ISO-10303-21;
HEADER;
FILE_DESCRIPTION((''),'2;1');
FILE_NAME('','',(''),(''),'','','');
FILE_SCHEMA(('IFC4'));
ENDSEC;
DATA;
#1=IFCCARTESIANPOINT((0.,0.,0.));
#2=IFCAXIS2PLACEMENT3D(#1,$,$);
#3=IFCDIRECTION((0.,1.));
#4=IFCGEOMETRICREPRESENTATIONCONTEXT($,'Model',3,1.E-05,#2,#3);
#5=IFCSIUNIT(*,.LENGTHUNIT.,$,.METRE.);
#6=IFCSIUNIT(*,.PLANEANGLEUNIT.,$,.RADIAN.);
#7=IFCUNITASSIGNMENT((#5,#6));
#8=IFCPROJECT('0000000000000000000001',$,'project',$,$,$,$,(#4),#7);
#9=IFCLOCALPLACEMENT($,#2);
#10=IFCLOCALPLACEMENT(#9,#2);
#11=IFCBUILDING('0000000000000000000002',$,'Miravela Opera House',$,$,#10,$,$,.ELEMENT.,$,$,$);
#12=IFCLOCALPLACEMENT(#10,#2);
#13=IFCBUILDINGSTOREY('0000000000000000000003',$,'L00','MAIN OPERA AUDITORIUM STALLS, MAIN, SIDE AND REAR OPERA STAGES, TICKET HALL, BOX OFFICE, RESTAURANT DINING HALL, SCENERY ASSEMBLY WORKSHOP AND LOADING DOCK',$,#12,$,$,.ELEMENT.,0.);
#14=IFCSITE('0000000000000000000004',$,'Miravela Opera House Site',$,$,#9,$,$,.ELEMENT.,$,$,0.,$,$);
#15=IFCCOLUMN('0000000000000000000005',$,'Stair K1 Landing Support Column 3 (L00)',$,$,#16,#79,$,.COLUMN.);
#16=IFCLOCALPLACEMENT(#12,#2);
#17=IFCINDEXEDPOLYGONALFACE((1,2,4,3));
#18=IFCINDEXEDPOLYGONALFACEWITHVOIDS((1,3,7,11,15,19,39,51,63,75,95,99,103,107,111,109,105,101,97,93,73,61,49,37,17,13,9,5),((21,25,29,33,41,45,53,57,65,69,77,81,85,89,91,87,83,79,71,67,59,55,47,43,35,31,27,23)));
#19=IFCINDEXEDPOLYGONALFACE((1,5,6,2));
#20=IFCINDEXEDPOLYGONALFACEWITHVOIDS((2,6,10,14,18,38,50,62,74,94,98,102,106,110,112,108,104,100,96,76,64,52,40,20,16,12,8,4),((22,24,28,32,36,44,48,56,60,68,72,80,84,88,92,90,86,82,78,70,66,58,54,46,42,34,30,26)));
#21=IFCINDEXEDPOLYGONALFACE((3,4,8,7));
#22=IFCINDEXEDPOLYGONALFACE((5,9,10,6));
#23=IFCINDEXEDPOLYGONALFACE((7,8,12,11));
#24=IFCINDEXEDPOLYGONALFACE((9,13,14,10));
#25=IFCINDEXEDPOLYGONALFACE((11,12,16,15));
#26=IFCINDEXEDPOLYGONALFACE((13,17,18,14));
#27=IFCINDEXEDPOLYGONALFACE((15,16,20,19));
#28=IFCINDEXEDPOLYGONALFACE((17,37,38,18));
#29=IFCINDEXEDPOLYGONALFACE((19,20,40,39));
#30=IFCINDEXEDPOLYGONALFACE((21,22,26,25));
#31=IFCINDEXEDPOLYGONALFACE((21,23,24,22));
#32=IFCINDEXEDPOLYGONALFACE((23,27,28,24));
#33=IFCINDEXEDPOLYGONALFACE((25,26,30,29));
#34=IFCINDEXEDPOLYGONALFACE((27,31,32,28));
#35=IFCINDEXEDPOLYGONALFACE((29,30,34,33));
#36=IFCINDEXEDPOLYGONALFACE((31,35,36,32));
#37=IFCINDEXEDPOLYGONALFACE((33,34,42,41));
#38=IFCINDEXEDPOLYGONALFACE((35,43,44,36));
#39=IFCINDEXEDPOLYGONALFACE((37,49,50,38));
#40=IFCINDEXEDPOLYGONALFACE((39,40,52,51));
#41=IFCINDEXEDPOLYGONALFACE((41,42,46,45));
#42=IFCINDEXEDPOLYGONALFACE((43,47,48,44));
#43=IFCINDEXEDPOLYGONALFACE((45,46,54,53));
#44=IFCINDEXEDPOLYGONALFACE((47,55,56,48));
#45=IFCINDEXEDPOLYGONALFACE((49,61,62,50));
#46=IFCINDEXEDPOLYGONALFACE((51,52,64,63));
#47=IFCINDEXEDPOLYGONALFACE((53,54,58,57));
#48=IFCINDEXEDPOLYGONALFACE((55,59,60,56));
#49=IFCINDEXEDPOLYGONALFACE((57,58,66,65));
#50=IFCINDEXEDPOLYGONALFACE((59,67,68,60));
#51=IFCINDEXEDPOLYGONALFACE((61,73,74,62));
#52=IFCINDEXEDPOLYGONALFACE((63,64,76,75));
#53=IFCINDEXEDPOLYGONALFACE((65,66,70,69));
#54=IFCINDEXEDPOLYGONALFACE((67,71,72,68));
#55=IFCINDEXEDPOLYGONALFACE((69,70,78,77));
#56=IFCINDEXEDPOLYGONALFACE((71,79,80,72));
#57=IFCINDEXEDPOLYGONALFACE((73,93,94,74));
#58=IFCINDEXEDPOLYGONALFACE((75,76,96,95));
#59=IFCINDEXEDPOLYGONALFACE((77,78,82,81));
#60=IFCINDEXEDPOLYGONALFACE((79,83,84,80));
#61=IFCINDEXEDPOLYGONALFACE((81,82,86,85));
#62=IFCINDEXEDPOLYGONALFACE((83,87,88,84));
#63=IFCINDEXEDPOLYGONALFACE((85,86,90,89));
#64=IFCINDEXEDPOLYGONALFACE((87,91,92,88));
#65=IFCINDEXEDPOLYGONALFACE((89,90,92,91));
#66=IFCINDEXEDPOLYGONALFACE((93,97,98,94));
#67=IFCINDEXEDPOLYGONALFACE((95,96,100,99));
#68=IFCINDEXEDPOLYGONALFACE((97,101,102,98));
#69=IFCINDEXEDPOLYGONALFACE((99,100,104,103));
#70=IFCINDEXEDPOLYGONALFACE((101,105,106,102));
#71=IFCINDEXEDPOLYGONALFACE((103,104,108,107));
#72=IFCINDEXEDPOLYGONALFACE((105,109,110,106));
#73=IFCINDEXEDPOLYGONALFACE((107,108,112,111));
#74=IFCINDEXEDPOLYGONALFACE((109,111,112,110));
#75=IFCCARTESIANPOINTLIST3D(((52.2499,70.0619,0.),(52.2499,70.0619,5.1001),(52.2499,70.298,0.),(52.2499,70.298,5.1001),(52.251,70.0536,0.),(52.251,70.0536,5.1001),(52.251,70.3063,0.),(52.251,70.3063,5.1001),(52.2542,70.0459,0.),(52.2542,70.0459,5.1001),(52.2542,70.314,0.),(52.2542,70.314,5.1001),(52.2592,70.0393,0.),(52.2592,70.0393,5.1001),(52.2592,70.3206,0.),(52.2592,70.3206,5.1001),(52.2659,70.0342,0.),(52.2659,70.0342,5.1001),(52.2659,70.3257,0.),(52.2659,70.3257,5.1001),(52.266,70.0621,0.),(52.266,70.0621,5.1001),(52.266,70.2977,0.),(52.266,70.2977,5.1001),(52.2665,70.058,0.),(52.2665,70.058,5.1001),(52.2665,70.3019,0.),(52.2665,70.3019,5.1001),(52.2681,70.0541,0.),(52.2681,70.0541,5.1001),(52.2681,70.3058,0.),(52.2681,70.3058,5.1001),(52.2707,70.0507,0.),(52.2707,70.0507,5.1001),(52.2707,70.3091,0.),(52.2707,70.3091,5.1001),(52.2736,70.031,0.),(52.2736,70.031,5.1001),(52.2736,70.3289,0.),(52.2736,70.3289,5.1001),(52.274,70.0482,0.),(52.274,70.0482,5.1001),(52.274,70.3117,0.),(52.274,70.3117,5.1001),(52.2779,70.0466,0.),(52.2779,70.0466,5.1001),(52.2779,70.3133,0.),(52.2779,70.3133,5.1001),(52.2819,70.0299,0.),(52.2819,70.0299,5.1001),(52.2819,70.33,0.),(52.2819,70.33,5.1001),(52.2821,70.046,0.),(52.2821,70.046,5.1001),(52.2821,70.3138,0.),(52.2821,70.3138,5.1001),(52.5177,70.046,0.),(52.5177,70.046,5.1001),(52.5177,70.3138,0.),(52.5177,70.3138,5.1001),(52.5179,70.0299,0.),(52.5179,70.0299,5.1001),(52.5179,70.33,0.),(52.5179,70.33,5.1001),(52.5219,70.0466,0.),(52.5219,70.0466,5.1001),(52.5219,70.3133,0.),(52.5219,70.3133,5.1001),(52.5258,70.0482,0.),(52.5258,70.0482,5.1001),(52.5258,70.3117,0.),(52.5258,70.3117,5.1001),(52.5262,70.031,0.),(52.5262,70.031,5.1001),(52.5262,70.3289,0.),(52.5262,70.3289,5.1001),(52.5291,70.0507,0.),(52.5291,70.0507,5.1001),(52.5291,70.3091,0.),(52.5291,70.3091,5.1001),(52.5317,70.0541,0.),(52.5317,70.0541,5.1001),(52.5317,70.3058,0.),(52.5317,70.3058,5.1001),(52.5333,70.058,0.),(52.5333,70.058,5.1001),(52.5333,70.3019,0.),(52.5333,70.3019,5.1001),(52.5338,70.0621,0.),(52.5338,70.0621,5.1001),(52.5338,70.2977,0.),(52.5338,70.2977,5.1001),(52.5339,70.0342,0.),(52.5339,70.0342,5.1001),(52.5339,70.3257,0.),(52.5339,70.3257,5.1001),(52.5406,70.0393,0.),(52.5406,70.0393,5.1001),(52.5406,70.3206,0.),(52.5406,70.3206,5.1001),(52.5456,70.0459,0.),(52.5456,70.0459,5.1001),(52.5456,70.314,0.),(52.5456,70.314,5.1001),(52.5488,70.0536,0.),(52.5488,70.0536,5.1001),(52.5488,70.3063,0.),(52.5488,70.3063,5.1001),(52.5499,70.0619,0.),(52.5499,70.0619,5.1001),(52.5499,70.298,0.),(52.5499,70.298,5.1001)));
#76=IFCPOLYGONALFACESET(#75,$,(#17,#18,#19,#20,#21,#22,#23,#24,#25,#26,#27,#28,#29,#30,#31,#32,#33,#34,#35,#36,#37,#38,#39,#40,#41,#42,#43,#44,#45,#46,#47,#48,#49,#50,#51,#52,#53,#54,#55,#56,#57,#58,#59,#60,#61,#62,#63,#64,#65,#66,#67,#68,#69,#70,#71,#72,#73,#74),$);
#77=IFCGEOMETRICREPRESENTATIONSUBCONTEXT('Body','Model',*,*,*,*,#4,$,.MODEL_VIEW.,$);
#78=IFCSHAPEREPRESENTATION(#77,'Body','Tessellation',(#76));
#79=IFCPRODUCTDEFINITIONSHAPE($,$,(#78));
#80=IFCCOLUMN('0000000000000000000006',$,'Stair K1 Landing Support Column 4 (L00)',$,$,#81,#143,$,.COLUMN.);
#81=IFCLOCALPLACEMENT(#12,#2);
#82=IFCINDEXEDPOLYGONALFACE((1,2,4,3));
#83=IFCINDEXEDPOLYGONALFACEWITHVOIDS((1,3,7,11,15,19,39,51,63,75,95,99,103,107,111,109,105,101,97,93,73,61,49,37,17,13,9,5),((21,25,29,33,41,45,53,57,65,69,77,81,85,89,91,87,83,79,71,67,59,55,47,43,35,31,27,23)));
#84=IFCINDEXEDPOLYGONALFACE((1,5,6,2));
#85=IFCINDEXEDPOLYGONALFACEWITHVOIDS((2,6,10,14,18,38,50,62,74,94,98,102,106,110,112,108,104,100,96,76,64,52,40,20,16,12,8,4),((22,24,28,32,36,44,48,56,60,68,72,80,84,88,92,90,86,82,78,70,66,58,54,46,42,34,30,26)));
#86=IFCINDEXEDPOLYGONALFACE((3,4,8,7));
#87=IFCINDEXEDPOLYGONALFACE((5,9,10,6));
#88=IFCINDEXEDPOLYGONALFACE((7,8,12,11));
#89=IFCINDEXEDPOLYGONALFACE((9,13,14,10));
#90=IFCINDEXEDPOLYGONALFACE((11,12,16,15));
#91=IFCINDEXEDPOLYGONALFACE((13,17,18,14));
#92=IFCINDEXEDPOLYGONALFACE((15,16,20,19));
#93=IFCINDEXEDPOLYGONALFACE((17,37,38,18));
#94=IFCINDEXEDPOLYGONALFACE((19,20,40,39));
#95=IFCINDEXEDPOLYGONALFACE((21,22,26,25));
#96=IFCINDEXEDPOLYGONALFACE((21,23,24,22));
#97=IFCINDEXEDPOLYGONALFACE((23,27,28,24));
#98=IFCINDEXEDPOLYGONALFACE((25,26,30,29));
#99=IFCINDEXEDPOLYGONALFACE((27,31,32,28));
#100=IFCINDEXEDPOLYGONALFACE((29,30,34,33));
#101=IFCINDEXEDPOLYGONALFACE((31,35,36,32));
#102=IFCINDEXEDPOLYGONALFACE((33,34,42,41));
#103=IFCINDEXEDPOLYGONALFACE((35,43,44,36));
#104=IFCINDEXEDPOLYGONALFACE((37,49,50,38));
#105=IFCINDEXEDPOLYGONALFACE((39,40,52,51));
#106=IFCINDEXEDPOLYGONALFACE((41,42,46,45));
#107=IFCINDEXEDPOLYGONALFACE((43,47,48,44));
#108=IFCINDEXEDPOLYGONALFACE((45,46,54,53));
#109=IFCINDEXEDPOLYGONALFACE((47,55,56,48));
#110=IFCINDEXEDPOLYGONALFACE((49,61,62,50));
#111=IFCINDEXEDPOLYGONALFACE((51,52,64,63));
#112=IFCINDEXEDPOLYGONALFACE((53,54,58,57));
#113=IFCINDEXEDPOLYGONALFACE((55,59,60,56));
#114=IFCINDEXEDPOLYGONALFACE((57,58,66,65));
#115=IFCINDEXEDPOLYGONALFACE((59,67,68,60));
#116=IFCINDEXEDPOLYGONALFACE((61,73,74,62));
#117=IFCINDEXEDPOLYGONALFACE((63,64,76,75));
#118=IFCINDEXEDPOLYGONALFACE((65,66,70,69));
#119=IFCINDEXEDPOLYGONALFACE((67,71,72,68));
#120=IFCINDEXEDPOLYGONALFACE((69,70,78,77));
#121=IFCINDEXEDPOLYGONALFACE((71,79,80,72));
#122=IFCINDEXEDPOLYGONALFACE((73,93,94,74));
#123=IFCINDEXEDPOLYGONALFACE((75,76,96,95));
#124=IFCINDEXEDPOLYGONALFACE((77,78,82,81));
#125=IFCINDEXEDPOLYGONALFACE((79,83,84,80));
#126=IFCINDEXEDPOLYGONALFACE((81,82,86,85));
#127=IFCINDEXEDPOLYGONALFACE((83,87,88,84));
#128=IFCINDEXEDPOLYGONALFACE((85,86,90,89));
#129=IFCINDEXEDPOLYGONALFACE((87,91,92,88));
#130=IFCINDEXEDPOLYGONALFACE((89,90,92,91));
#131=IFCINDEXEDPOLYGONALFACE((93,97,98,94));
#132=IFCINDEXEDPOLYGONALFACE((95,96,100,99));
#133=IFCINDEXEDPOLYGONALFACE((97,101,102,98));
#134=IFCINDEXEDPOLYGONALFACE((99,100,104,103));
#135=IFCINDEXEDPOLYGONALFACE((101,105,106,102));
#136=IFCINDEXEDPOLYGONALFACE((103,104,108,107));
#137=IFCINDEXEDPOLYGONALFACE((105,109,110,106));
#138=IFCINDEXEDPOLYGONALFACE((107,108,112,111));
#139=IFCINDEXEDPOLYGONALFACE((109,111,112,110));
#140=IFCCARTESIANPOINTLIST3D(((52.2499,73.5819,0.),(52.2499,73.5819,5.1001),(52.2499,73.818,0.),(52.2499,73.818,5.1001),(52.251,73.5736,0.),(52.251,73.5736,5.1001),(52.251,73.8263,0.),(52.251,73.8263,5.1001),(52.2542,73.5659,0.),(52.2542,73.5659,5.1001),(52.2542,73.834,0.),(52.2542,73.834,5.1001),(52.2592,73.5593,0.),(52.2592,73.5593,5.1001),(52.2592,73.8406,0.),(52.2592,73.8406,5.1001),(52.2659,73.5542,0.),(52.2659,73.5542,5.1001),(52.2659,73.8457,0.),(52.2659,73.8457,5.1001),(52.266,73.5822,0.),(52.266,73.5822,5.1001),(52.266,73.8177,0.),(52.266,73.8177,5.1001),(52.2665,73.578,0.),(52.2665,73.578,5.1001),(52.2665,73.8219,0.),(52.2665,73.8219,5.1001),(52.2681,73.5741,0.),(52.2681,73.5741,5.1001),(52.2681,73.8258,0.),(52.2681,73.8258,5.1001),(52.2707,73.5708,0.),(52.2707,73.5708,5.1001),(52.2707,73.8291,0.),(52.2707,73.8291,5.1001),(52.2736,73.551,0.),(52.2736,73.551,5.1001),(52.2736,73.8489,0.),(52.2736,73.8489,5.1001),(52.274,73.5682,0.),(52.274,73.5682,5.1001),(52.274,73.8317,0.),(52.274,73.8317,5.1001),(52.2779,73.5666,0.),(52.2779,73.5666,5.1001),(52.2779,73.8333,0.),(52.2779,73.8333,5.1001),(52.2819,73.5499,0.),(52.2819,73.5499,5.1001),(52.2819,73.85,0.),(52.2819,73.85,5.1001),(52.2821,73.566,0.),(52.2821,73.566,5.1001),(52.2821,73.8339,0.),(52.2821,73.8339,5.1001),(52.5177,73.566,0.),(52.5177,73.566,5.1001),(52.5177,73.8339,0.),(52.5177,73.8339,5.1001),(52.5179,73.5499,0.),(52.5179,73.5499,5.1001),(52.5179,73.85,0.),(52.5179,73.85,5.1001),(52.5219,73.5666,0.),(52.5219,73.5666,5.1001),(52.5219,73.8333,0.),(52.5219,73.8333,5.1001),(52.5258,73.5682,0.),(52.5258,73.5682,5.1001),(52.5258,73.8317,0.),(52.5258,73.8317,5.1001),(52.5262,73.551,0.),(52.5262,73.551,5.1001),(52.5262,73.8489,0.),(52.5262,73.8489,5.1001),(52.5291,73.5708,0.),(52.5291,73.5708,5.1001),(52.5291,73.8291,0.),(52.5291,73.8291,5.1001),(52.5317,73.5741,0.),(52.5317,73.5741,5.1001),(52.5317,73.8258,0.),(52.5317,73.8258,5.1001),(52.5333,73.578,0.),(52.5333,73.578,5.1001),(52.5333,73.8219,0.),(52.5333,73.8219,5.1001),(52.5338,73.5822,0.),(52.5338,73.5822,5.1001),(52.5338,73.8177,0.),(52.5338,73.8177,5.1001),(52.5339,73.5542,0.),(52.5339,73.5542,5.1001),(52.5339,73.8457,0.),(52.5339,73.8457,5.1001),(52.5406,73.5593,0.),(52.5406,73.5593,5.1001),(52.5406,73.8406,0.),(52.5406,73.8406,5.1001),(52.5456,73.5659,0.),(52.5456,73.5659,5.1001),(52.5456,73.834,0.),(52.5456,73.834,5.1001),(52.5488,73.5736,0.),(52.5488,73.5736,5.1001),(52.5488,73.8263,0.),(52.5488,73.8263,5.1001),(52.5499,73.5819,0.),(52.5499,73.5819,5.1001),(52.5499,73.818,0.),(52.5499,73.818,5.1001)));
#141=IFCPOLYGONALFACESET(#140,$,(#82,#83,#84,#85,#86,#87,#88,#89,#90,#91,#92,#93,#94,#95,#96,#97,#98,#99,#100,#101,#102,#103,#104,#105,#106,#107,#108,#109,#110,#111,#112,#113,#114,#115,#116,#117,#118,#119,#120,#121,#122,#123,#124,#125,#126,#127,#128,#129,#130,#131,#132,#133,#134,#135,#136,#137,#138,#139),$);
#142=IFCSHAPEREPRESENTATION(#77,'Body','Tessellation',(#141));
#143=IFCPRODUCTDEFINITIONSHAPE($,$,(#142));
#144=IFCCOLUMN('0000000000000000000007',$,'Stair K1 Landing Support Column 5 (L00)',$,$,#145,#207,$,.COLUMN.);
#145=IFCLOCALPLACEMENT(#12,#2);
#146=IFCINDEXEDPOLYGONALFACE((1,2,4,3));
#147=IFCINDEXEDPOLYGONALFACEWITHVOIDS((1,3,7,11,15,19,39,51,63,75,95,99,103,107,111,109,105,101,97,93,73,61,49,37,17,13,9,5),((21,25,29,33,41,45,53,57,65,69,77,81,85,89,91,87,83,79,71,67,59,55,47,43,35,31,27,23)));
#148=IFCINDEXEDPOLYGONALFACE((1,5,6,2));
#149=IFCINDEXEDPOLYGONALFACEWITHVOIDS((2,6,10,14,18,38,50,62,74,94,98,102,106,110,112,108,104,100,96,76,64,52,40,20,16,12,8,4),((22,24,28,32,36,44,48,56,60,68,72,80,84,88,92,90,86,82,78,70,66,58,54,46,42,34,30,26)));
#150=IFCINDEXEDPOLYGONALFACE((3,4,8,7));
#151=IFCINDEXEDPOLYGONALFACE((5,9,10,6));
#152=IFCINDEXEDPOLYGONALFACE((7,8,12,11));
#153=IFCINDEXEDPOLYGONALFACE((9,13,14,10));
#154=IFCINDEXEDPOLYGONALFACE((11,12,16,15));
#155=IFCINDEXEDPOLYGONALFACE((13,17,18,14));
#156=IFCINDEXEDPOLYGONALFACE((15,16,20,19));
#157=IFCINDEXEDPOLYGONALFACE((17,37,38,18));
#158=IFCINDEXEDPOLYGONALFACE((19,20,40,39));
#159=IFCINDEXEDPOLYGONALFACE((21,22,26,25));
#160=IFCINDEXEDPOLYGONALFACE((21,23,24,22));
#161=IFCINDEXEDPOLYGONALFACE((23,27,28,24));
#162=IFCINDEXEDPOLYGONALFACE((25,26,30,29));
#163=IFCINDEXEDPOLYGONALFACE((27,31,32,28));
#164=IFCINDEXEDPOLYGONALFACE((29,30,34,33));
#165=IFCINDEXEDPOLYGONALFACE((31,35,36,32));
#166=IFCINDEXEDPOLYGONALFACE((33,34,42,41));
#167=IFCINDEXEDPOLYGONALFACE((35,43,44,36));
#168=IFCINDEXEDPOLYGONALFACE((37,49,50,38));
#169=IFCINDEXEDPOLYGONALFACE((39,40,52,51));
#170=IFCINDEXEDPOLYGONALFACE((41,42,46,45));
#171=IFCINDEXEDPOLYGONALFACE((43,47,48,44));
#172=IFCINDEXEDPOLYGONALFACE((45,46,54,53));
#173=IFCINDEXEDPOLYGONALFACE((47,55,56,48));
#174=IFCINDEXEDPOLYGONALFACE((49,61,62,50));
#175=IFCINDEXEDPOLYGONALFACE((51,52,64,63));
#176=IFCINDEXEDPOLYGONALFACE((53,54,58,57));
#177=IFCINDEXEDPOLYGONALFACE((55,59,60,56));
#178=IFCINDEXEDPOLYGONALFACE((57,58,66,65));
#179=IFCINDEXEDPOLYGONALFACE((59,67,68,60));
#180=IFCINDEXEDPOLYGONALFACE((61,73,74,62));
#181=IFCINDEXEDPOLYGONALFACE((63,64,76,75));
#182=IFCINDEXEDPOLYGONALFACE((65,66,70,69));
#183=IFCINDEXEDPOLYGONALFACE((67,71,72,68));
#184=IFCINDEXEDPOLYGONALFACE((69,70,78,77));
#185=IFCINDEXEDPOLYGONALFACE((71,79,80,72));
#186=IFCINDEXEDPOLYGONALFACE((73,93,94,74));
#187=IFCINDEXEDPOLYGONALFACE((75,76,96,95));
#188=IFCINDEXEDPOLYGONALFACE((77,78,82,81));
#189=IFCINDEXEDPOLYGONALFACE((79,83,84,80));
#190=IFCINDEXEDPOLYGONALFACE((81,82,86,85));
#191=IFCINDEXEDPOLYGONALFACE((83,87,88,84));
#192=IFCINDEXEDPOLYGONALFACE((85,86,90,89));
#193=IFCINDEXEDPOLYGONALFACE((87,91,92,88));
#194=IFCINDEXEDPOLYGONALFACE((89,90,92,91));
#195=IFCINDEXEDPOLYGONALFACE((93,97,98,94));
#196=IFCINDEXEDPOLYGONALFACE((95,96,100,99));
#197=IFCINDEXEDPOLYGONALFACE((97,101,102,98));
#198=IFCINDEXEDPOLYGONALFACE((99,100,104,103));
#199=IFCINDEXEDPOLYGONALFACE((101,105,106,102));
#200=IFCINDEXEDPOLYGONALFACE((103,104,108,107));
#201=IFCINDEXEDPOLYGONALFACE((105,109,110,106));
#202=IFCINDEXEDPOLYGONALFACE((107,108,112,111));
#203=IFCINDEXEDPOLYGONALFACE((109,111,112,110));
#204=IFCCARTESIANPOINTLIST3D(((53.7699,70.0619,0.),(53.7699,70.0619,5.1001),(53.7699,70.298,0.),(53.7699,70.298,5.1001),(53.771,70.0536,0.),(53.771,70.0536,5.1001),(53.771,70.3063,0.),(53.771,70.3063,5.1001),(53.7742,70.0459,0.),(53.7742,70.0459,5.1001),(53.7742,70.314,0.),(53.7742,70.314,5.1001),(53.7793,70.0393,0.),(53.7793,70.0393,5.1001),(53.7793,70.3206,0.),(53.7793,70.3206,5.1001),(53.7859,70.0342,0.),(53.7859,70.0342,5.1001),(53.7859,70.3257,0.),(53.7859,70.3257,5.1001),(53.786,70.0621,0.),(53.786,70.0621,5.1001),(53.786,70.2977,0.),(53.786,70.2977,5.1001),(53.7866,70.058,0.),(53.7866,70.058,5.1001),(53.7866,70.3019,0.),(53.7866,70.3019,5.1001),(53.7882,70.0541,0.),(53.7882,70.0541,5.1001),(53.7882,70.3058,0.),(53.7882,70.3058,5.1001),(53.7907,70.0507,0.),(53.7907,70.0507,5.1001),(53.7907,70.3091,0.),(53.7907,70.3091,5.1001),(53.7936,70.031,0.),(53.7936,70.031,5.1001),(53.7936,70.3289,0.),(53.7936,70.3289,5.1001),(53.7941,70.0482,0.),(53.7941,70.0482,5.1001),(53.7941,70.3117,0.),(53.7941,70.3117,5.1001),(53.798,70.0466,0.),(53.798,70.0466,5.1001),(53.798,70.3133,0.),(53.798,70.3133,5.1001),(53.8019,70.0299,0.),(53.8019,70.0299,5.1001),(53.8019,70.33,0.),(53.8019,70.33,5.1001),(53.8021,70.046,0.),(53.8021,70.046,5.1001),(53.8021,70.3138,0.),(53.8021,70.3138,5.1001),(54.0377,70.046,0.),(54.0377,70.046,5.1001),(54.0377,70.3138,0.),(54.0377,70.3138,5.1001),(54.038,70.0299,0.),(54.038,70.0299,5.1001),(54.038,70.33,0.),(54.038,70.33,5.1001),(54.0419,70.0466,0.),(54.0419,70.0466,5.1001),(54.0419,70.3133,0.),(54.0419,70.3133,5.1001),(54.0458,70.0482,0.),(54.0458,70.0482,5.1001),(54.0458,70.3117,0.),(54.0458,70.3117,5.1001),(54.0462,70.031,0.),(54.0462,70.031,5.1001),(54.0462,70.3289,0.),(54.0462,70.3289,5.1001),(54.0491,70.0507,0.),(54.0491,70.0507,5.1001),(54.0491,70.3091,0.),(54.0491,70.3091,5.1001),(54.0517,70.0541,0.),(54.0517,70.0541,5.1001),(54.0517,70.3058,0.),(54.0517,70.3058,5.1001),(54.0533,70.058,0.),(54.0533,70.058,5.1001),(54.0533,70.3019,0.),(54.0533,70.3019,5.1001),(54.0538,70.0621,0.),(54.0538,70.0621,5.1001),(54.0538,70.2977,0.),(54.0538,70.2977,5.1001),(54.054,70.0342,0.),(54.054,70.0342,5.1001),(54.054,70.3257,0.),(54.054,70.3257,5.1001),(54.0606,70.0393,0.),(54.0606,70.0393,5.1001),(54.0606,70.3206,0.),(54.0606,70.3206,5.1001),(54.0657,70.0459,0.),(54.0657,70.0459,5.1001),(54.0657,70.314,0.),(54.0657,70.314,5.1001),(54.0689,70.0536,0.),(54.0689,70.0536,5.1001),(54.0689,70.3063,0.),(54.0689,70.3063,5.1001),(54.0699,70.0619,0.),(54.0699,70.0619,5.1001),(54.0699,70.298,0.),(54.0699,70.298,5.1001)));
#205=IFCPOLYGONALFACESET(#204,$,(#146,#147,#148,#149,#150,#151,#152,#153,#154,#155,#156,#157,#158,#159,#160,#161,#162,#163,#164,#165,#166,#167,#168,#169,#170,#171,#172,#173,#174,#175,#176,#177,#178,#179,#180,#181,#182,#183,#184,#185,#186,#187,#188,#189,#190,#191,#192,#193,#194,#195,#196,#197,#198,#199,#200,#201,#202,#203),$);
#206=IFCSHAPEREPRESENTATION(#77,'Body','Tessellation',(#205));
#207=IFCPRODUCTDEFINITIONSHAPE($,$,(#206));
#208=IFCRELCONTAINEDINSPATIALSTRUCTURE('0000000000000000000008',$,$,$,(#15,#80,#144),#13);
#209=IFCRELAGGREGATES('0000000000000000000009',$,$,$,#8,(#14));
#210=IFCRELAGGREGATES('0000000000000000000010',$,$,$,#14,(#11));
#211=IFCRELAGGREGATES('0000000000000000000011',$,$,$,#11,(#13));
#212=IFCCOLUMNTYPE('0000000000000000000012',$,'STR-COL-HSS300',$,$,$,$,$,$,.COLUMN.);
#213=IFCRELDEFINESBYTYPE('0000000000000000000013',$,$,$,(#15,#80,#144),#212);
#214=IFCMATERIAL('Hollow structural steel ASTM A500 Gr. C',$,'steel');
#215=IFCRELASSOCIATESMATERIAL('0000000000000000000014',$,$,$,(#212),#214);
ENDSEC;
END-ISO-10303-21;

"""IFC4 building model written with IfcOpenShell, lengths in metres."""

from ifc_helpers import new_model, si_unit, direction, frame, origin, origin_2d, place, context, subcontext, project, spatial, hollow_rectangle, extrude, material, material_profile, profile_set, type_object, element, save


model = new_model("IFC4")

# Units and contexts
model_context = context("Model", 3, precision=1e-05, world=origin(), true_north=direction((0.0, 1.0)))
body_context = subcontext(model_context, "Body", "Model", "MODEL_VIEW")
ifc_project = project(units=[si_unit("LENGTHUNIT", "METRE"), si_unit("PLANEANGLEUNIT", "RADIAN")], contexts=[model_context])

# Site, building, storey
site_placement = place(None, origin())
site = spatial("IfcSite", under=ifc_project, at=site_placement, Name="Miravela Opera House Site", CompositionType="ELEMENT", RefElevation=0.0)
building_placement = place(site_placement, origin())
building = spatial("IfcBuilding", under=site, at=building_placement, Name="Miravela Opera House", CompositionType="ELEMENT")
storey_placement = place(building_placement, origin())
storey = spatial("IfcBuildingStorey", under=building, at=storey_placement, Name="L00", Description="MAIN OPERA AUDITORIUM STALLS, MAIN, SIDE AND REAR OPERA STAGES, TICKET HALL, BOX OFFICE, RESTAURANT DINING HALL, SCENERY ASSEMBLY WORKSHOP AND LOADING DOCK", CompositionType="ELEMENT", Elevation=0.0)

# Columns
ifc_material_1 = material(Name="Hollow structural steel ASTM A500 Gr. C", Category="steel")
ifc_material_profile_1 = material_profile(ifc_material_1, hollow_rectangle(XDim=0.3, YDim=0.3, WallThickness=0.0161, InnerFilletRadius=0.0161, OuterFilletRadius=0.032, at=origin_2d()), Name="HSS300X300X16")
ifc_profile_set_1 = profile_set([ifc_material_profile_1])
column_type_1 = type_object("IfcColumnType", Name="STR-COL-HSS300", PredefinedType="COLUMN", material=ifc_profile_set_1)
for number, where, z_axis, x_axis, name in (
    (1, (52.3999, 70.1799, 0.0), (0.0, 0.0, 1.0), (1.0, 0.0, 0.0), "Stair K1 Landing Support Column 3 (L00)"),
    (2, (52.3999, 73.7, 0.0), (0.0, 0.0, 1.0), (1.0, 0.0, 0.0), "Stair K1 Landing Support Column 4 (L00)"),
    (3, (53.9199, 70.1799, 0.0), (0.0, 0.0, 1.0), (1.0, 0.0, 0.0), "Stair K1 Landing Support Column 5 (L00)"),
):
    element("IfcColumn", number, at=place(storey_placement, frame(where, z_axis=z_axis, x_axis=x_axis)), inside=storey, type_object=column_type_1, Name=name, PredefinedType="COLUMN", context=body_context, shape_type="SweptSolid", body=[
        extrude(hollow_rectangle(XDim=0.3, YDim=0.3, WallThickness=0.0161, InnerFilletRadius=0.0161, OuterFilletRadius=0.032, at=origin_2d()), origin(), (0.0, 0.0, 1.0), 5.1001),
    ])

save(model, "model.ifc")
